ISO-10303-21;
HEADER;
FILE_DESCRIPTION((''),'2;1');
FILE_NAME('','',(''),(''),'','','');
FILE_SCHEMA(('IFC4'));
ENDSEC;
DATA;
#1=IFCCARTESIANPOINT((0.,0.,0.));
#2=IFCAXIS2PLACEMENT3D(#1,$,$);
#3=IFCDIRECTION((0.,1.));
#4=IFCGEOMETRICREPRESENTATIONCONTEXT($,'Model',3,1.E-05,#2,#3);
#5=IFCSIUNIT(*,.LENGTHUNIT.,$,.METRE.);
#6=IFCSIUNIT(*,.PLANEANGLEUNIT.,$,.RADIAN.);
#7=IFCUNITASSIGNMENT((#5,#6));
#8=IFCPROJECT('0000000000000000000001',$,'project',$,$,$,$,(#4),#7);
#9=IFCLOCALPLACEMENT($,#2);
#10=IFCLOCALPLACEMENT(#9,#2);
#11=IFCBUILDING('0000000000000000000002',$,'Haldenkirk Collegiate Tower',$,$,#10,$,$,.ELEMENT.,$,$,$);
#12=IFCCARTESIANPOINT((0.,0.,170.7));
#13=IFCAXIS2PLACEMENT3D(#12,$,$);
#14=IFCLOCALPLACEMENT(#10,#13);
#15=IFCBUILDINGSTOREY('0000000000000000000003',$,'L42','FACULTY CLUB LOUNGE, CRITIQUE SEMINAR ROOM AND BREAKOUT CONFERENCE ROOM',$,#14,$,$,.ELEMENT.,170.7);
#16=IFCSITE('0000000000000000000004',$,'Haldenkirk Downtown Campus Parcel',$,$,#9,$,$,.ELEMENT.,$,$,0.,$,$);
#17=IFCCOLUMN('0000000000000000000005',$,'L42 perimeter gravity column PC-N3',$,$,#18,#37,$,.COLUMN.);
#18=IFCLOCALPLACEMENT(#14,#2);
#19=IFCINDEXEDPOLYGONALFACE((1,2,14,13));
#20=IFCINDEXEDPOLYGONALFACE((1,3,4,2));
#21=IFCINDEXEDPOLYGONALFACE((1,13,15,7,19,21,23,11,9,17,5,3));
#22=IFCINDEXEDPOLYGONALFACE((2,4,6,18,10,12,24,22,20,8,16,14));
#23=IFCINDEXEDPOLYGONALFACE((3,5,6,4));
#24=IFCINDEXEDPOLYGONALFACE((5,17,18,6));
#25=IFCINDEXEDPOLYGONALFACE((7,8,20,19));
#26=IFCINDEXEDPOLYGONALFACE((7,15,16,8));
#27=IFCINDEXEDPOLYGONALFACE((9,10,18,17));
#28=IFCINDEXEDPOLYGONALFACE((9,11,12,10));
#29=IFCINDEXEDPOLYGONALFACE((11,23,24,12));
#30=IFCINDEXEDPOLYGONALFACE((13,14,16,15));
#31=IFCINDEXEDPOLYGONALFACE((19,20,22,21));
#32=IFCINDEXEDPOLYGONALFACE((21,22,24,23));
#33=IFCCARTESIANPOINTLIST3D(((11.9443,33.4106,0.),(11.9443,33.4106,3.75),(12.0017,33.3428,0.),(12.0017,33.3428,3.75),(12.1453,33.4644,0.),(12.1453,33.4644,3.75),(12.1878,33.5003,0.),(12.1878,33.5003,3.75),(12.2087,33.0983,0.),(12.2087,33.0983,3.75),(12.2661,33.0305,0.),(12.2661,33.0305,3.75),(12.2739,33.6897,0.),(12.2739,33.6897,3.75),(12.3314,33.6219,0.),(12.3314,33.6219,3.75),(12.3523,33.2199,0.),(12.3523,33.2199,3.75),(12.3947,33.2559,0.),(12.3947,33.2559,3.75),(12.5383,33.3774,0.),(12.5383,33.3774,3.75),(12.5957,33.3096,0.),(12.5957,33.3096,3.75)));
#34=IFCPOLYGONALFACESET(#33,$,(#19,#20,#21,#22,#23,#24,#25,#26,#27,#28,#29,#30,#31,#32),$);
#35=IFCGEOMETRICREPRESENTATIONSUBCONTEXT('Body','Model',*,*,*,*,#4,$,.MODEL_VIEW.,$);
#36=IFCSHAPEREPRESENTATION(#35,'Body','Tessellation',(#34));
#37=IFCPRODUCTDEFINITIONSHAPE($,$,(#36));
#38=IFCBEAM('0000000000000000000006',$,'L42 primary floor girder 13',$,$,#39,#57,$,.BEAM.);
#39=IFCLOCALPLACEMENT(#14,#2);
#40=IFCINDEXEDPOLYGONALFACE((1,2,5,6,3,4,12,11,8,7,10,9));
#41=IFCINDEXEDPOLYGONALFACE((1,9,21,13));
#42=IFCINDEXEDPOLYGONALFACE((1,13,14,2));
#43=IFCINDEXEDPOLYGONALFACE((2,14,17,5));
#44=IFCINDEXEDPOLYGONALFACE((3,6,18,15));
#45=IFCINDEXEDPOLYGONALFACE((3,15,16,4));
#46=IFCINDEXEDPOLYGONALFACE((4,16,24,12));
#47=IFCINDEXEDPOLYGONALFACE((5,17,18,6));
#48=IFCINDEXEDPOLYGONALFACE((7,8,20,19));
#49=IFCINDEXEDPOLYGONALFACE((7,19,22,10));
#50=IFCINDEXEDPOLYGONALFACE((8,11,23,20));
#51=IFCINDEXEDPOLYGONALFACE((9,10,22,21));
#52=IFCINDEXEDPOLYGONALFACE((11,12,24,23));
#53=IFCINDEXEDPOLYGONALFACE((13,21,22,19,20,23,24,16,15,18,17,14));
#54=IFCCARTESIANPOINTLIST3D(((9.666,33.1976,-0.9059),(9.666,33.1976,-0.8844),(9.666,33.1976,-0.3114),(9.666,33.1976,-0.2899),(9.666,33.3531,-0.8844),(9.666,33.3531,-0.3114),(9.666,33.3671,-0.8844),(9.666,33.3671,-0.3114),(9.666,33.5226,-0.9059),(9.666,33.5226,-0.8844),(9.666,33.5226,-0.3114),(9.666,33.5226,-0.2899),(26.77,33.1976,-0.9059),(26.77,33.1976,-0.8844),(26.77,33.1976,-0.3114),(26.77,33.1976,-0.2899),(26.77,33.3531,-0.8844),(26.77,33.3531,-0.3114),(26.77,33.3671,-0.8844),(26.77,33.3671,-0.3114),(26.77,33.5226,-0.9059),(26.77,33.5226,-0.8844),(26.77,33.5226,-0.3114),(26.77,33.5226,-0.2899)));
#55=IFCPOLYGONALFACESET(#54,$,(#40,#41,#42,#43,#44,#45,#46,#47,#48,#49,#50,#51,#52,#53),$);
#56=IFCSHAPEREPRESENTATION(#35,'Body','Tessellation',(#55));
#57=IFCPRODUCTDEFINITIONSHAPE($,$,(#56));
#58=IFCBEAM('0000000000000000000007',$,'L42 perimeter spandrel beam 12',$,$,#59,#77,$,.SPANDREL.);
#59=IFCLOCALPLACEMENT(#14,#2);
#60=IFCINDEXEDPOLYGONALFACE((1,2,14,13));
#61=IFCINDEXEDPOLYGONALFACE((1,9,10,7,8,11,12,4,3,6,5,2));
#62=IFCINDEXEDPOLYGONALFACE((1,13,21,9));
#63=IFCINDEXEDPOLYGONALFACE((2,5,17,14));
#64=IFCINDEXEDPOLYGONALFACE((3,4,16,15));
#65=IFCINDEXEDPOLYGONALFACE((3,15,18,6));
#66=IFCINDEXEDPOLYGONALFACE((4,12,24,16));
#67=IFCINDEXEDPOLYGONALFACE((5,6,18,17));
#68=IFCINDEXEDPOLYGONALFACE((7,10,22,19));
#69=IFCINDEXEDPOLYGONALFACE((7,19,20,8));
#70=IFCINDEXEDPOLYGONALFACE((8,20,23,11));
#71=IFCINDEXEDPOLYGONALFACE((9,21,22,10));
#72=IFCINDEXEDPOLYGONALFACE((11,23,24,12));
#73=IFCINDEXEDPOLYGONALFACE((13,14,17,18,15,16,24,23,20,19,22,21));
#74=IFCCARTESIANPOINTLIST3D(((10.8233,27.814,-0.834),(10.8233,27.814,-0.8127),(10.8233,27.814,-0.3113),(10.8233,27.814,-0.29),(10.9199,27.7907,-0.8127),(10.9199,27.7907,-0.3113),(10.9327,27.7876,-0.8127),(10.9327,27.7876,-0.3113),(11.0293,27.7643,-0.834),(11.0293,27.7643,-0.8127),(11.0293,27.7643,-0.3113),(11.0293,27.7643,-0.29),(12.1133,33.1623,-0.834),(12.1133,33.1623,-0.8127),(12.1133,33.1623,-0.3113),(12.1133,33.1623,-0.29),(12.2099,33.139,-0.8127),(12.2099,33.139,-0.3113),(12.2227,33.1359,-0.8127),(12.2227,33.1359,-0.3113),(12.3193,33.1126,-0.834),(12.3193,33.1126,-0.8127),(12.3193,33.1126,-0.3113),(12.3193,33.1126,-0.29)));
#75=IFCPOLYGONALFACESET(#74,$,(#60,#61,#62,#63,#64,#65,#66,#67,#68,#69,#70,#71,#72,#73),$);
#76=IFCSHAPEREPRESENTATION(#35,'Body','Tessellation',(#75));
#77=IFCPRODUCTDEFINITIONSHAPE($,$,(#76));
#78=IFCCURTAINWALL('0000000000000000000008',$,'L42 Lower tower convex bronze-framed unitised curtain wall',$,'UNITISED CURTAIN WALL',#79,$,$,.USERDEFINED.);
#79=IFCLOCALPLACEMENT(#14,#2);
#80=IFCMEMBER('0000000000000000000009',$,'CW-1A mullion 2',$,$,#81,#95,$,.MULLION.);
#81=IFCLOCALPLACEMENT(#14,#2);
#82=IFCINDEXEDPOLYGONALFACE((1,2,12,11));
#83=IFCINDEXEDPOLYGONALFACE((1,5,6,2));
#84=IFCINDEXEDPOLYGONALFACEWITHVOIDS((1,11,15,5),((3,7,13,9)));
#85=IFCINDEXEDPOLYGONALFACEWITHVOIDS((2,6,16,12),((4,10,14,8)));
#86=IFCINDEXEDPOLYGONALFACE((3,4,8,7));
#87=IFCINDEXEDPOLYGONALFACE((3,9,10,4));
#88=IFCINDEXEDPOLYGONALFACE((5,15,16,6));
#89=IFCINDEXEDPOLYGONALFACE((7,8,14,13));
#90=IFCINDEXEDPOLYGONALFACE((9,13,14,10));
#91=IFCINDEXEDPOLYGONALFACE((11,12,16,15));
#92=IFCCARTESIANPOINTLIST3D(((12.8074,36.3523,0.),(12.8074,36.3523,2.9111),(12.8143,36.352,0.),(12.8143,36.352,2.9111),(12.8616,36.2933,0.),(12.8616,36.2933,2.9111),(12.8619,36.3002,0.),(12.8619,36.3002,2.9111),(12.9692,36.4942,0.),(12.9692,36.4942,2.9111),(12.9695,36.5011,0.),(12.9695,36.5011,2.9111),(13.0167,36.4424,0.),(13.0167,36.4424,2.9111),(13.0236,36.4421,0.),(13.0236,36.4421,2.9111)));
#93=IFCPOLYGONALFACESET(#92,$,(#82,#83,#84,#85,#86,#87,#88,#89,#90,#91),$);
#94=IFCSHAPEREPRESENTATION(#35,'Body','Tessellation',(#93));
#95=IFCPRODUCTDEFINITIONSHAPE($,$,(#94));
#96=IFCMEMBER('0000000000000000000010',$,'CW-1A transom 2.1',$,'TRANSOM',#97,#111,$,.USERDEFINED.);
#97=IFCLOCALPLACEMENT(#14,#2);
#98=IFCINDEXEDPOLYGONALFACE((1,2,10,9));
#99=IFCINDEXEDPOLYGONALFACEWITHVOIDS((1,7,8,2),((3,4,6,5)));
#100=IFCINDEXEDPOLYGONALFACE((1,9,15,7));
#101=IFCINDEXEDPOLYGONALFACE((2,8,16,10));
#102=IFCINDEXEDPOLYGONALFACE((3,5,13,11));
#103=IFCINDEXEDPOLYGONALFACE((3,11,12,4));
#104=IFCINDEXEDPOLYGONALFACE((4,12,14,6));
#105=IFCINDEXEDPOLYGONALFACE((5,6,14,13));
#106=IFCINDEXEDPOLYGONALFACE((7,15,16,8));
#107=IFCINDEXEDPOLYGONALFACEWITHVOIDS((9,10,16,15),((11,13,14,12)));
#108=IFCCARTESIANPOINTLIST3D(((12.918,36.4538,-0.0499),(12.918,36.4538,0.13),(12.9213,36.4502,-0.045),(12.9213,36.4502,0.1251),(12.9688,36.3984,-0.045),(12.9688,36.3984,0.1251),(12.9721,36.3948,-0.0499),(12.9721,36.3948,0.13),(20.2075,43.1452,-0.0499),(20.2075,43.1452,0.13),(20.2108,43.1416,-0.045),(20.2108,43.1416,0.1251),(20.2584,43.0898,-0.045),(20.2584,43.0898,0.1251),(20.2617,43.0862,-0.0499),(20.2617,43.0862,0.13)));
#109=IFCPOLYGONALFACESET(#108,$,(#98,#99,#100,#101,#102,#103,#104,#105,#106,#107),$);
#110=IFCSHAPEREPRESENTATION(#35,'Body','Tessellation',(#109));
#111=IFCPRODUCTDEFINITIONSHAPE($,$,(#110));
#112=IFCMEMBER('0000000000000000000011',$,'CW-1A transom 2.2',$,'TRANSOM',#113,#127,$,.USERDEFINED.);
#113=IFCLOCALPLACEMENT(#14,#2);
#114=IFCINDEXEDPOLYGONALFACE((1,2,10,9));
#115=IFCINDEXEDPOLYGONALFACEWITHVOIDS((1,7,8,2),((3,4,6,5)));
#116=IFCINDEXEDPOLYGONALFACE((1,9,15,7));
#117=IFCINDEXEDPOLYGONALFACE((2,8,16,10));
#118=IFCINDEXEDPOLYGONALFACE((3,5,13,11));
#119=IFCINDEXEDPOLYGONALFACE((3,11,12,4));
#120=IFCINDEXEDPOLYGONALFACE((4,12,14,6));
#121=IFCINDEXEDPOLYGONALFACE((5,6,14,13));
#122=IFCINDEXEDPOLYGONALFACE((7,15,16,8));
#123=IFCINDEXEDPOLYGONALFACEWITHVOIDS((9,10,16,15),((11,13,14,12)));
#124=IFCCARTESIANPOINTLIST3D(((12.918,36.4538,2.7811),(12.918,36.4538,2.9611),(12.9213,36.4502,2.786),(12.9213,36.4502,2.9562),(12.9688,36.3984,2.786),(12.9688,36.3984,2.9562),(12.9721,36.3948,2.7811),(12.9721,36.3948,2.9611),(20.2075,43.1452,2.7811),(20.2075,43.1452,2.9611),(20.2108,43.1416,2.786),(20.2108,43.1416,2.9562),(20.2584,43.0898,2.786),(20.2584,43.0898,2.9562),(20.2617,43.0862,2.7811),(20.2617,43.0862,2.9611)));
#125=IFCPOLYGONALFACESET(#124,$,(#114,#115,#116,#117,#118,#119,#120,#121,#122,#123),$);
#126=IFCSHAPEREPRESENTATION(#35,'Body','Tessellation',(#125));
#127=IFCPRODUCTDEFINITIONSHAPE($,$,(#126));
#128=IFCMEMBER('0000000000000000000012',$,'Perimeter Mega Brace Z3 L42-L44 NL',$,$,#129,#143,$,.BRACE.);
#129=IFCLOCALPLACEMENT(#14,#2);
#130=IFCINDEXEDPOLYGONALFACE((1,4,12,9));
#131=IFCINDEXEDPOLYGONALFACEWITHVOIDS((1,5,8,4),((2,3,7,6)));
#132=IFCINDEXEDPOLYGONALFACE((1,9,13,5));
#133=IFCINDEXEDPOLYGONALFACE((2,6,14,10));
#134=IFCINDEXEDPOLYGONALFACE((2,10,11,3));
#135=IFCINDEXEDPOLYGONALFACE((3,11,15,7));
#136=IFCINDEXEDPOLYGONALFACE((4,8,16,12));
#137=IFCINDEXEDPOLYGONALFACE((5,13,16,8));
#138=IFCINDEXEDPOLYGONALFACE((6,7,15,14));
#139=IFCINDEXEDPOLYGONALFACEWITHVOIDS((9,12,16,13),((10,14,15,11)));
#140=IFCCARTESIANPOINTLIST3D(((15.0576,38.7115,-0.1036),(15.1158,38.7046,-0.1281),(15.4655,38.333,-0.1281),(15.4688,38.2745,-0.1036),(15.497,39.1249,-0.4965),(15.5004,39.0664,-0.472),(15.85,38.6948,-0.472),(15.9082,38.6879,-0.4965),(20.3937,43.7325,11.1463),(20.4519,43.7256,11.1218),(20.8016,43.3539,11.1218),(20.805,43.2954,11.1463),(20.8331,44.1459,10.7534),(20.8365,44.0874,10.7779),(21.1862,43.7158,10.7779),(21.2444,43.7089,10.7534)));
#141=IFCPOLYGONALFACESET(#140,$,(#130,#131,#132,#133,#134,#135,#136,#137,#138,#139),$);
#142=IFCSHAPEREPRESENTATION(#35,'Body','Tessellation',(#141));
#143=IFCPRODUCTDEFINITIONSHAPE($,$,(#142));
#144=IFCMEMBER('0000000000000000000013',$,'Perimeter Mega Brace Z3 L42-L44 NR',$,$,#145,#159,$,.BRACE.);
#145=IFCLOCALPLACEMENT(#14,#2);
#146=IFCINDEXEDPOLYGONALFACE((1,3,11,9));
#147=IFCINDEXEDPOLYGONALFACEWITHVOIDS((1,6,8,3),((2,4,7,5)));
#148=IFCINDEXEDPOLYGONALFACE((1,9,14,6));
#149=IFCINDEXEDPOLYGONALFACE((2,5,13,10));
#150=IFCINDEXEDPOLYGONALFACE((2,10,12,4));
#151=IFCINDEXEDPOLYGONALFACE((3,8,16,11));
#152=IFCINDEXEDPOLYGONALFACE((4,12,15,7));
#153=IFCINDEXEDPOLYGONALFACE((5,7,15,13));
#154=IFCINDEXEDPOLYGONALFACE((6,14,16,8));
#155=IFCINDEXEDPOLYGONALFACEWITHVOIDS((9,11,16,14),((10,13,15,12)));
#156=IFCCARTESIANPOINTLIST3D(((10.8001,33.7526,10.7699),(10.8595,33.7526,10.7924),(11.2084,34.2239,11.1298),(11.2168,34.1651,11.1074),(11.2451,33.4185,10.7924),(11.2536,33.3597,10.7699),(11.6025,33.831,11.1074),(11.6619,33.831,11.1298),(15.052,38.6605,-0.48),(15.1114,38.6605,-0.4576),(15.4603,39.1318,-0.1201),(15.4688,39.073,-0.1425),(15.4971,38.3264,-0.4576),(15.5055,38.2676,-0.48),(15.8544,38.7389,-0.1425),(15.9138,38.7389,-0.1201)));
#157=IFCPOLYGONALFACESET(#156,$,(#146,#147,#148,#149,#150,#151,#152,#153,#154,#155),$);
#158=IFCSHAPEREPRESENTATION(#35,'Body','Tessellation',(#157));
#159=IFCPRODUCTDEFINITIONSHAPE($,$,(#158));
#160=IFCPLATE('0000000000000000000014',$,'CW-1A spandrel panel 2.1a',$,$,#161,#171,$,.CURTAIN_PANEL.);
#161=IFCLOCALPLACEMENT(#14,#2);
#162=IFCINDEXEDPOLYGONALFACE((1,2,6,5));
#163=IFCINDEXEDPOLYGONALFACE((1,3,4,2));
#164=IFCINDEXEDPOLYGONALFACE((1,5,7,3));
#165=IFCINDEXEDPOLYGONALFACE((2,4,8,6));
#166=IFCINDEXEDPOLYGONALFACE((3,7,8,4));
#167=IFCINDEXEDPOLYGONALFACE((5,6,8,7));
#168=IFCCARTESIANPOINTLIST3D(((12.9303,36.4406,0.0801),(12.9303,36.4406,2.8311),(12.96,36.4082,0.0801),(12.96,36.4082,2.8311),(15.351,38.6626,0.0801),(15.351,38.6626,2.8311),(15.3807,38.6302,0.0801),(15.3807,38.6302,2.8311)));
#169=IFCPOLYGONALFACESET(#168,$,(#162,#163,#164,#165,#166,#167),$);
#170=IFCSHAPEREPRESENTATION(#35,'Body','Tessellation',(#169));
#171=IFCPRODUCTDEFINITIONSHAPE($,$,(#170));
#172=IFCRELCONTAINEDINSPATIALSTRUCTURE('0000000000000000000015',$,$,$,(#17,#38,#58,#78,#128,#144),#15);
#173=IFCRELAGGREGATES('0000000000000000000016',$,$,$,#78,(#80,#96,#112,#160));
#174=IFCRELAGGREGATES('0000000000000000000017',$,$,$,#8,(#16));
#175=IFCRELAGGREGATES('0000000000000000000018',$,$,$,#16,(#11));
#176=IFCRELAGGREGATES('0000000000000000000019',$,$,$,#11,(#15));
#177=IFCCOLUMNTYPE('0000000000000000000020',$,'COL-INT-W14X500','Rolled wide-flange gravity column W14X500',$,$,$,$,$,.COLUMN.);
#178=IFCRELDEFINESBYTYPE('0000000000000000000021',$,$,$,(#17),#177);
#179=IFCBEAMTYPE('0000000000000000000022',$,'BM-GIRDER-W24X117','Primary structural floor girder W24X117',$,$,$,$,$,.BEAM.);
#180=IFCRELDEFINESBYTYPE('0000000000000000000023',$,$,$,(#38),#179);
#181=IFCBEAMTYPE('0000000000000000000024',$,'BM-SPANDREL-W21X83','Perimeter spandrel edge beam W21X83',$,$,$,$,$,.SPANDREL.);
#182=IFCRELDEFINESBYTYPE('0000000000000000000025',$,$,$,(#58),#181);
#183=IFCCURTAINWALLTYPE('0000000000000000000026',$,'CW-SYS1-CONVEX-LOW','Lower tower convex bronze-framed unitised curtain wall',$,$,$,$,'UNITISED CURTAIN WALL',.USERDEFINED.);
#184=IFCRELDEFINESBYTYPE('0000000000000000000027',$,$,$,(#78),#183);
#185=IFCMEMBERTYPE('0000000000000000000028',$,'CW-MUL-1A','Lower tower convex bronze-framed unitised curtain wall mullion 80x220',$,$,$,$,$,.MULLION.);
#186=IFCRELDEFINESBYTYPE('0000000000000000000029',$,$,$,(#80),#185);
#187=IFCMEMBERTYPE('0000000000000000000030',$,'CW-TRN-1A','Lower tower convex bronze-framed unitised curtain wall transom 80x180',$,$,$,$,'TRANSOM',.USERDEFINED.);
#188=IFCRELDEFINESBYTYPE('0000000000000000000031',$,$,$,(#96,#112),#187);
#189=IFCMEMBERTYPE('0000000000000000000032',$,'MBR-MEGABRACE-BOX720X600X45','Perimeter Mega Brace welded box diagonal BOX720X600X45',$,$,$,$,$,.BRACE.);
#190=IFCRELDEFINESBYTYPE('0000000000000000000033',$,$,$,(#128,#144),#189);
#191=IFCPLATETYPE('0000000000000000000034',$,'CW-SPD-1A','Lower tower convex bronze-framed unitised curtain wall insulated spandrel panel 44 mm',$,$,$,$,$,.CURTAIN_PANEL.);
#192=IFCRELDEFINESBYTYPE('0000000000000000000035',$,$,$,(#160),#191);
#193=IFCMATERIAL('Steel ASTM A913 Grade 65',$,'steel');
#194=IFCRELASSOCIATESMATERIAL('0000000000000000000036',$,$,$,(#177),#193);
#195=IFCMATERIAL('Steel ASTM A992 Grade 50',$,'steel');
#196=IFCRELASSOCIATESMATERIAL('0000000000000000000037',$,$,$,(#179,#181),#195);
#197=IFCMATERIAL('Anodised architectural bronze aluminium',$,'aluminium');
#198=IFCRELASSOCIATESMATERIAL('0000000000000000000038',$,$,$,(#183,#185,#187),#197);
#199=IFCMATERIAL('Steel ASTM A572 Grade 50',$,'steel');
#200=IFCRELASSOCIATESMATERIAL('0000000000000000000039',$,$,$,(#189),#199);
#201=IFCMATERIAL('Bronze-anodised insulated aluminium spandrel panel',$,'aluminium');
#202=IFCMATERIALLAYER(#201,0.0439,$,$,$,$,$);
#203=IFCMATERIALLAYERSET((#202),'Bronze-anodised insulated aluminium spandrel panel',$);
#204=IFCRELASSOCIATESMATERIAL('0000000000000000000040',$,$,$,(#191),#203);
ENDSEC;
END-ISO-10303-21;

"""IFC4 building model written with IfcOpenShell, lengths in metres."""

from ifc_helpers import new_model, si_unit, direction, frame, origin, origin_2d, place, context, subcontext, project, spatial, rectangle, hollow_rectangle, i_section, extrude, source, transform, mapped, material, layer, layer_set, material_profile, profile_set, type_object, element, aggregate, save


model = new_model("IFC4")

# Units and contexts
model_context = context("Model", 3, precision=1e-05, world=origin(), true_north=direction((0.0, 1.0)))
body_context = subcontext(model_context, "Body", "Model", "MODEL_VIEW")
ifc_project = project(units=[si_unit("LENGTHUNIT", "METRE"), si_unit("PLANEANGLEUNIT", "RADIAN")], contexts=[model_context])

# Site, building, storey
site_placement = place(None, origin())
site = spatial("IfcSite", under=ifc_project, at=site_placement, Name="Haldenkirk Downtown Campus Parcel", CompositionType="ELEMENT", RefElevation=0.0)
building_placement = place(site_placement, origin())
building = spatial("IfcBuilding", under=site, at=building_placement, Name="Haldenkirk Collegiate Tower", CompositionType="ELEMENT")
storey_placement = place(building_placement, frame((0.0, 0.0, 170.7)))
storey = spatial("IfcBuildingStorey", under=building, at=storey_placement, Name="L42", Description="FACULTY CLUB LOUNGE, CRITIQUE SEMINAR ROOM AND BREAKOUT CONFERENCE ROOM", CompositionType="ELEMENT", Elevation=170.7)

# Column
ifc_material_1 = material(Name="Steel ASTM A913 Grade 65", Category="steel")
ifc_material_profile_1 = material_profile(ifc_material_1, i_section(OverallWidth=0.4319, OverallDepth=0.498, WebThickness=0.0557, FlangeThickness=0.0889, at=origin_2d()), Name="W14X500")
ifc_profile_set_1 = profile_set([ifc_material_profile_1], Name="Steel ASTM A913 Grade 65")
column_type = type_object("IfcColumnType", Name="COL-INT-W14X500", Description="Rolled wide-flange gravity column W14X500", PredefinedType="COLUMN", material=ifc_profile_set_1)
column_placement = place(storey_placement, frame((12.27, 33.3601, 0.0), z_axis=(0.0, 0.0, 1.0), x_axis=(0.763232, 0.646124, 0.0)))
element("IfcColumn", 1, at=column_placement, inside=storey, type_object=column_type, Name="L42 perimeter gravity column PC-N3", PredefinedType="COLUMN", context=body_context, shape_type="SweptSolid", body=[
    extrude(i_section(OverallWidth=0.4319, OverallDepth=0.498, WebThickness=0.0557, FlangeThickness=0.0889, at=origin_2d()), origin(), (0.0, 0.0, 1.0), 3.75),
])

# Beams
ifc_material_2 = material(Name="Steel ASTM A992 Grade 50", Category="steel")
ifc_material_profile_2 = material_profile(ifc_material_2, i_section(OverallWidth=0.325, OverallDepth=0.616, WebThickness=0.0139, FlangeThickness=0.0215, at=origin_2d()), Name="W24X117")
ifc_profile_set_2 = profile_set([ifc_material_profile_2], Name="Steel ASTM A992 Grade 50")
beam_type_1 = type_object("IfcBeamType", Name="BM-GIRDER-W24X117", Description="Primary structural floor girder W24X117", PredefinedType="BEAM", material=ifc_profile_set_2)
beam_1_placement = place(storey_placement, frame((9.666, 33.3601, -0.5979), z_axis=(1.0, 0.0, 0.0), x_axis=(0.0, 1.0, 0.0)))
element("IfcBeam", 2, at=beam_1_placement, inside=storey, type_object=beam_type_1, Name="L42 primary floor girder 13", PredefinedType="BEAM", context=body_context, shape_type="SweptSolid", body=[
    extrude(i_section(OverallWidth=0.325, OverallDepth=0.616, WebThickness=0.0139, FlangeThickness=0.0215, at=origin_2d()), origin(), (0.0, 0.0, 1.0), 17.104),
])
ifc_material_profile_3 = material_profile(ifc_material_2, i_section(OverallWidth=0.2119, OverallDepth=0.5439, WebThickness=0.0132, FlangeThickness=0.0212, at=origin_2d()), Name="W21X83")
ifc_profile_set_3 = profile_set([ifc_material_profile_3], Name="Steel ASTM A992 Grade 50")
beam_type_2 = type_object("IfcBeamType", Name="BM-SPANDREL-W21X83", Description="Perimeter spandrel edge beam W21X83", PredefinedType="SPANDREL", material=ifc_profile_set_3)
beam_2_placement = place(storey_placement, frame((12.2163, 33.1375, -0.562), z_axis=(-0.234477, -0.972122, 0.0), x_axis=(0.972122, -0.234477, 0.0)))
element("IfcBeam", 3, at=beam_2_placement, inside=storey, type_object=beam_type_2, Name="L42 perimeter spandrel beam 12", PredefinedType="SPANDREL", context=body_context, shape_type="SweptSolid", body=[
    extrude(i_section(OverallWidth=0.2119, OverallDepth=0.5439, WebThickness=0.0132, FlangeThickness=0.0212, at=origin_2d()), origin(), (0.0, 0.0, 1.0), 5.5017),
])

# Curtain wall, members
ifc_material_3 = material(Name="Anodised architectural bronze aluminium", Category="aluminium")
curtain_wall_type = type_object("IfcCurtainWallType", Name="CW-SYS1-CONVEX-LOW", Description="Lower tower convex bronze-framed unitised curtain wall", ElementType="UNITISED CURTAIN WALL", PredefinedType="USERDEFINED", material=ifc_material_3)
curtain_wall_placement = place(storey_placement, origin())
curtain_wall = element("IfcCurtainWall", 4, at=curtain_wall_placement, inside=storey, type_object=curtain_wall_type, Name="L42 Lower tower convex bronze-framed unitised curtain wall", ObjectType="UNITISED CURTAIN WALL", PredefinedType="USERDEFINED")
ifc_material_profile_4 = material_profile(ifc_material_3, hollow_rectangle(XDim=0.0801, YDim=0.22, WallThickness=0.0049, at=origin_2d()), Name="CW-MUL-1A")
ifc_profile_set_4 = profile_set([ifc_material_profile_4], Name="Anodised architectural bronze aluminium")
member_type_1 = type_object("IfcMemberType", Name="CW-MUL-1A", Description="Lower tower convex bronze-framed unitised curtain wall mullion 80x220", PredefinedType="MULLION", material=ifc_profile_set_4)
member_1_placement = place(storey_placement, frame((12.9155, 36.3972, 0.0), z_axis=(0.0, 0.0, 1.0), x_axis=(-0.676232, 0.736688, 0.0)))
member_1 = element("IfcMember", 5, at=member_1_placement, type_object=member_type_1, Name="CW-1A mullion 2", PredefinedType="MULLION", context=body_context, shape_type="SweptSolid", body=[
    extrude(hollow_rectangle(XDim=0.0801, YDim=0.22, WallThickness=0.0049, at=origin_2d()), origin(), (0.0, 0.0, 1.0), 2.9111),
])
ifc_material_profile_5 = material_profile(ifc_material_3, hollow_rectangle(XDim=0.0801, YDim=0.1799, WallThickness=0.0049, at=origin_2d()), Name="CW-TRN-1A")
ifc_profile_set_5 = profile_set([ifc_material_profile_5], Name="Anodised architectural bronze aluminium")
member_type_2 = type_object("IfcMemberType", Name="CW-TRN-1A", Description="Lower tower convex bronze-framed unitised curtain wall transom 80x180", ElementType="TRANSOM", PredefinedType="USERDEFINED", material=ifc_profile_set_5)
member_2_placement = place(storey_placement, frame((12.9451, 36.4243, 0.04), z_axis=(0.736685, 0.676236, 0.0), x_axis=(-0.676236, 0.736685, 0.0)))
member_2 = element("IfcMember", 6, at=member_2_placement, type_object=member_type_2, Name="CW-1A transom 2.1", ObjectType="TRANSOM", PredefinedType="USERDEFINED", context=body_context, shape_type="SweptSolid", body=[
    extrude(hollow_rectangle(XDim=0.0801, YDim=0.1799, WallThickness=0.0049, at=origin_2d()), origin(), (0.0, 0.0, 1.0), 9.895),
])
member_3_placement = place(storey_placement, frame((12.9451, 36.4243, 2.8711), z_axis=(0.736685, 0.676236, 0.0), x_axis=(-0.676236, 0.736685, 0.0)))
member_3 = element("IfcMember", 7, at=member_3_placement, type_object=member_type_2, Name="CW-1A transom 2.2", ObjectType="TRANSOM", PredefinedType="USERDEFINED", context=body_context, shape_type="SweptSolid", body=[
    extrude(hollow_rectangle(XDim=0.0801, YDim=0.1799, WallThickness=0.0049, at=origin_2d()), origin(), (0.0, 0.0, 1.0), 9.895),
])

# Members
ifc_material_4 = material(Name="Steel ASTM A572 Grade 50", Category="steel")
ifc_material_profile_6 = material_profile(ifc_material_4, hollow_rectangle(XDim=0.6001, YDim=0.72, WallThickness=0.0449, at=origin_2d()), Name="BOX720X600X45")
ifc_profile_set_6 = profile_set([ifc_material_profile_6], Name="Steel ASTM A572 Grade 50")
member_type_3 = type_object("IfcMemberType", Name="MBR-MEGABRACE-BOX720X600X45", Description="Perimeter Mega Brace welded box diagonal BOX720X600X45", PredefinedType="BRACE", material=ifc_profile_set_6)
member_4_placement = place(storey_placement, frame((15.4829, 38.6997, -0.3), z_axis=(0.397462, 0.373986, 0.837949), x_axis=(-0.685271, 0.728288, 0.0)))
element("IfcMember", 8, at=member_4_placement, inside=storey, type_object=member_type_3, Name="Perimeter Mega Brace Z3 L42-L44 NL", PredefinedType="BRACE", context=body_context, shape_type="SweptSolid", body=[
    extrude(hollow_rectangle(XDim=0.6001, YDim=0.72, WallThickness=0.0449, at=origin_2d()), origin(), (0.0, 0.0, 1.0), 13.4255),
])
member_5_placement = place(storey_placement, frame((15.4829, 38.6997, -0.3), z_axis=(-0.327335, -0.377838, 0.866078), x_axis=(0.755812, -0.654789, 0.0)))
element("IfcMember", 9, at=member_5_placement, inside=storey, type_object=member_type_3, Name="Perimeter Mega Brace Z3 L42-L44 NR", PredefinedType="BRACE", context=body_context, shape_type="SweptSolid", body=[
    extrude(hollow_rectangle(XDim=0.6001, YDim=0.72, WallThickness=0.0449, at=origin_2d()), origin(), (0.0, 0.0, 1.0), 12.9895),
])

# Plate
ifc_material_5 = material(Name="Bronze-anodised insulated aluminium spandrel panel", Category="aluminium")
ifc_layer_1 = layer(ifc_material_5, 0.0439)
ifc_layer_set_1 = layer_set([ifc_layer_1], Name="Bronze-anodised insulated aluminium spandrel panel")
plate_type_1 = type_object("IfcPlateType", Name="CW-SPD-1A", Description="Lower tower convex bronze-framed unitised curtain wall insulated spandrel panel 44 mm", PredefinedType="CURTAIN_PANEL", material=ifc_layer_set_1)
shared_shape_1 = source(origin(), body_context, "Body", "SweptSolid", [
    extrude(rectangle(XDim=3.2859, YDim=0.0439, at=origin_2d()), origin(), (0.0, 0.0, 1.0), 2.751),
])
plate_1_placement = place(storey_placement, frame((14.1555, 37.5354, 0.0801), z_axis=(0.0, 0.0, 1.0), x_axis=(0.736688, 0.676232, 0.0)))
plate_1 = element("IfcPlate", 10, at=plate_1_placement, type_object=plate_type_1, Name="CW-1A spandrel panel 2.1a", PredefinedType="CURTAIN_PANEL", context=body_context, shape_type="MappedRepresentation", body=[
    mapped(shared_shape_1, transform((0.0, 0.0, 0.0), x_axis=(1.0, 0.0, 0.0), y_axis=(0.0, 1.0, 0.0), z_axis=(0.0, 0.0, 1.0), scale=1.0)),
])
aggregate(curtain_wall, [member_1, member_2, member_3, plate_1])

save(model, "model.ifc")
